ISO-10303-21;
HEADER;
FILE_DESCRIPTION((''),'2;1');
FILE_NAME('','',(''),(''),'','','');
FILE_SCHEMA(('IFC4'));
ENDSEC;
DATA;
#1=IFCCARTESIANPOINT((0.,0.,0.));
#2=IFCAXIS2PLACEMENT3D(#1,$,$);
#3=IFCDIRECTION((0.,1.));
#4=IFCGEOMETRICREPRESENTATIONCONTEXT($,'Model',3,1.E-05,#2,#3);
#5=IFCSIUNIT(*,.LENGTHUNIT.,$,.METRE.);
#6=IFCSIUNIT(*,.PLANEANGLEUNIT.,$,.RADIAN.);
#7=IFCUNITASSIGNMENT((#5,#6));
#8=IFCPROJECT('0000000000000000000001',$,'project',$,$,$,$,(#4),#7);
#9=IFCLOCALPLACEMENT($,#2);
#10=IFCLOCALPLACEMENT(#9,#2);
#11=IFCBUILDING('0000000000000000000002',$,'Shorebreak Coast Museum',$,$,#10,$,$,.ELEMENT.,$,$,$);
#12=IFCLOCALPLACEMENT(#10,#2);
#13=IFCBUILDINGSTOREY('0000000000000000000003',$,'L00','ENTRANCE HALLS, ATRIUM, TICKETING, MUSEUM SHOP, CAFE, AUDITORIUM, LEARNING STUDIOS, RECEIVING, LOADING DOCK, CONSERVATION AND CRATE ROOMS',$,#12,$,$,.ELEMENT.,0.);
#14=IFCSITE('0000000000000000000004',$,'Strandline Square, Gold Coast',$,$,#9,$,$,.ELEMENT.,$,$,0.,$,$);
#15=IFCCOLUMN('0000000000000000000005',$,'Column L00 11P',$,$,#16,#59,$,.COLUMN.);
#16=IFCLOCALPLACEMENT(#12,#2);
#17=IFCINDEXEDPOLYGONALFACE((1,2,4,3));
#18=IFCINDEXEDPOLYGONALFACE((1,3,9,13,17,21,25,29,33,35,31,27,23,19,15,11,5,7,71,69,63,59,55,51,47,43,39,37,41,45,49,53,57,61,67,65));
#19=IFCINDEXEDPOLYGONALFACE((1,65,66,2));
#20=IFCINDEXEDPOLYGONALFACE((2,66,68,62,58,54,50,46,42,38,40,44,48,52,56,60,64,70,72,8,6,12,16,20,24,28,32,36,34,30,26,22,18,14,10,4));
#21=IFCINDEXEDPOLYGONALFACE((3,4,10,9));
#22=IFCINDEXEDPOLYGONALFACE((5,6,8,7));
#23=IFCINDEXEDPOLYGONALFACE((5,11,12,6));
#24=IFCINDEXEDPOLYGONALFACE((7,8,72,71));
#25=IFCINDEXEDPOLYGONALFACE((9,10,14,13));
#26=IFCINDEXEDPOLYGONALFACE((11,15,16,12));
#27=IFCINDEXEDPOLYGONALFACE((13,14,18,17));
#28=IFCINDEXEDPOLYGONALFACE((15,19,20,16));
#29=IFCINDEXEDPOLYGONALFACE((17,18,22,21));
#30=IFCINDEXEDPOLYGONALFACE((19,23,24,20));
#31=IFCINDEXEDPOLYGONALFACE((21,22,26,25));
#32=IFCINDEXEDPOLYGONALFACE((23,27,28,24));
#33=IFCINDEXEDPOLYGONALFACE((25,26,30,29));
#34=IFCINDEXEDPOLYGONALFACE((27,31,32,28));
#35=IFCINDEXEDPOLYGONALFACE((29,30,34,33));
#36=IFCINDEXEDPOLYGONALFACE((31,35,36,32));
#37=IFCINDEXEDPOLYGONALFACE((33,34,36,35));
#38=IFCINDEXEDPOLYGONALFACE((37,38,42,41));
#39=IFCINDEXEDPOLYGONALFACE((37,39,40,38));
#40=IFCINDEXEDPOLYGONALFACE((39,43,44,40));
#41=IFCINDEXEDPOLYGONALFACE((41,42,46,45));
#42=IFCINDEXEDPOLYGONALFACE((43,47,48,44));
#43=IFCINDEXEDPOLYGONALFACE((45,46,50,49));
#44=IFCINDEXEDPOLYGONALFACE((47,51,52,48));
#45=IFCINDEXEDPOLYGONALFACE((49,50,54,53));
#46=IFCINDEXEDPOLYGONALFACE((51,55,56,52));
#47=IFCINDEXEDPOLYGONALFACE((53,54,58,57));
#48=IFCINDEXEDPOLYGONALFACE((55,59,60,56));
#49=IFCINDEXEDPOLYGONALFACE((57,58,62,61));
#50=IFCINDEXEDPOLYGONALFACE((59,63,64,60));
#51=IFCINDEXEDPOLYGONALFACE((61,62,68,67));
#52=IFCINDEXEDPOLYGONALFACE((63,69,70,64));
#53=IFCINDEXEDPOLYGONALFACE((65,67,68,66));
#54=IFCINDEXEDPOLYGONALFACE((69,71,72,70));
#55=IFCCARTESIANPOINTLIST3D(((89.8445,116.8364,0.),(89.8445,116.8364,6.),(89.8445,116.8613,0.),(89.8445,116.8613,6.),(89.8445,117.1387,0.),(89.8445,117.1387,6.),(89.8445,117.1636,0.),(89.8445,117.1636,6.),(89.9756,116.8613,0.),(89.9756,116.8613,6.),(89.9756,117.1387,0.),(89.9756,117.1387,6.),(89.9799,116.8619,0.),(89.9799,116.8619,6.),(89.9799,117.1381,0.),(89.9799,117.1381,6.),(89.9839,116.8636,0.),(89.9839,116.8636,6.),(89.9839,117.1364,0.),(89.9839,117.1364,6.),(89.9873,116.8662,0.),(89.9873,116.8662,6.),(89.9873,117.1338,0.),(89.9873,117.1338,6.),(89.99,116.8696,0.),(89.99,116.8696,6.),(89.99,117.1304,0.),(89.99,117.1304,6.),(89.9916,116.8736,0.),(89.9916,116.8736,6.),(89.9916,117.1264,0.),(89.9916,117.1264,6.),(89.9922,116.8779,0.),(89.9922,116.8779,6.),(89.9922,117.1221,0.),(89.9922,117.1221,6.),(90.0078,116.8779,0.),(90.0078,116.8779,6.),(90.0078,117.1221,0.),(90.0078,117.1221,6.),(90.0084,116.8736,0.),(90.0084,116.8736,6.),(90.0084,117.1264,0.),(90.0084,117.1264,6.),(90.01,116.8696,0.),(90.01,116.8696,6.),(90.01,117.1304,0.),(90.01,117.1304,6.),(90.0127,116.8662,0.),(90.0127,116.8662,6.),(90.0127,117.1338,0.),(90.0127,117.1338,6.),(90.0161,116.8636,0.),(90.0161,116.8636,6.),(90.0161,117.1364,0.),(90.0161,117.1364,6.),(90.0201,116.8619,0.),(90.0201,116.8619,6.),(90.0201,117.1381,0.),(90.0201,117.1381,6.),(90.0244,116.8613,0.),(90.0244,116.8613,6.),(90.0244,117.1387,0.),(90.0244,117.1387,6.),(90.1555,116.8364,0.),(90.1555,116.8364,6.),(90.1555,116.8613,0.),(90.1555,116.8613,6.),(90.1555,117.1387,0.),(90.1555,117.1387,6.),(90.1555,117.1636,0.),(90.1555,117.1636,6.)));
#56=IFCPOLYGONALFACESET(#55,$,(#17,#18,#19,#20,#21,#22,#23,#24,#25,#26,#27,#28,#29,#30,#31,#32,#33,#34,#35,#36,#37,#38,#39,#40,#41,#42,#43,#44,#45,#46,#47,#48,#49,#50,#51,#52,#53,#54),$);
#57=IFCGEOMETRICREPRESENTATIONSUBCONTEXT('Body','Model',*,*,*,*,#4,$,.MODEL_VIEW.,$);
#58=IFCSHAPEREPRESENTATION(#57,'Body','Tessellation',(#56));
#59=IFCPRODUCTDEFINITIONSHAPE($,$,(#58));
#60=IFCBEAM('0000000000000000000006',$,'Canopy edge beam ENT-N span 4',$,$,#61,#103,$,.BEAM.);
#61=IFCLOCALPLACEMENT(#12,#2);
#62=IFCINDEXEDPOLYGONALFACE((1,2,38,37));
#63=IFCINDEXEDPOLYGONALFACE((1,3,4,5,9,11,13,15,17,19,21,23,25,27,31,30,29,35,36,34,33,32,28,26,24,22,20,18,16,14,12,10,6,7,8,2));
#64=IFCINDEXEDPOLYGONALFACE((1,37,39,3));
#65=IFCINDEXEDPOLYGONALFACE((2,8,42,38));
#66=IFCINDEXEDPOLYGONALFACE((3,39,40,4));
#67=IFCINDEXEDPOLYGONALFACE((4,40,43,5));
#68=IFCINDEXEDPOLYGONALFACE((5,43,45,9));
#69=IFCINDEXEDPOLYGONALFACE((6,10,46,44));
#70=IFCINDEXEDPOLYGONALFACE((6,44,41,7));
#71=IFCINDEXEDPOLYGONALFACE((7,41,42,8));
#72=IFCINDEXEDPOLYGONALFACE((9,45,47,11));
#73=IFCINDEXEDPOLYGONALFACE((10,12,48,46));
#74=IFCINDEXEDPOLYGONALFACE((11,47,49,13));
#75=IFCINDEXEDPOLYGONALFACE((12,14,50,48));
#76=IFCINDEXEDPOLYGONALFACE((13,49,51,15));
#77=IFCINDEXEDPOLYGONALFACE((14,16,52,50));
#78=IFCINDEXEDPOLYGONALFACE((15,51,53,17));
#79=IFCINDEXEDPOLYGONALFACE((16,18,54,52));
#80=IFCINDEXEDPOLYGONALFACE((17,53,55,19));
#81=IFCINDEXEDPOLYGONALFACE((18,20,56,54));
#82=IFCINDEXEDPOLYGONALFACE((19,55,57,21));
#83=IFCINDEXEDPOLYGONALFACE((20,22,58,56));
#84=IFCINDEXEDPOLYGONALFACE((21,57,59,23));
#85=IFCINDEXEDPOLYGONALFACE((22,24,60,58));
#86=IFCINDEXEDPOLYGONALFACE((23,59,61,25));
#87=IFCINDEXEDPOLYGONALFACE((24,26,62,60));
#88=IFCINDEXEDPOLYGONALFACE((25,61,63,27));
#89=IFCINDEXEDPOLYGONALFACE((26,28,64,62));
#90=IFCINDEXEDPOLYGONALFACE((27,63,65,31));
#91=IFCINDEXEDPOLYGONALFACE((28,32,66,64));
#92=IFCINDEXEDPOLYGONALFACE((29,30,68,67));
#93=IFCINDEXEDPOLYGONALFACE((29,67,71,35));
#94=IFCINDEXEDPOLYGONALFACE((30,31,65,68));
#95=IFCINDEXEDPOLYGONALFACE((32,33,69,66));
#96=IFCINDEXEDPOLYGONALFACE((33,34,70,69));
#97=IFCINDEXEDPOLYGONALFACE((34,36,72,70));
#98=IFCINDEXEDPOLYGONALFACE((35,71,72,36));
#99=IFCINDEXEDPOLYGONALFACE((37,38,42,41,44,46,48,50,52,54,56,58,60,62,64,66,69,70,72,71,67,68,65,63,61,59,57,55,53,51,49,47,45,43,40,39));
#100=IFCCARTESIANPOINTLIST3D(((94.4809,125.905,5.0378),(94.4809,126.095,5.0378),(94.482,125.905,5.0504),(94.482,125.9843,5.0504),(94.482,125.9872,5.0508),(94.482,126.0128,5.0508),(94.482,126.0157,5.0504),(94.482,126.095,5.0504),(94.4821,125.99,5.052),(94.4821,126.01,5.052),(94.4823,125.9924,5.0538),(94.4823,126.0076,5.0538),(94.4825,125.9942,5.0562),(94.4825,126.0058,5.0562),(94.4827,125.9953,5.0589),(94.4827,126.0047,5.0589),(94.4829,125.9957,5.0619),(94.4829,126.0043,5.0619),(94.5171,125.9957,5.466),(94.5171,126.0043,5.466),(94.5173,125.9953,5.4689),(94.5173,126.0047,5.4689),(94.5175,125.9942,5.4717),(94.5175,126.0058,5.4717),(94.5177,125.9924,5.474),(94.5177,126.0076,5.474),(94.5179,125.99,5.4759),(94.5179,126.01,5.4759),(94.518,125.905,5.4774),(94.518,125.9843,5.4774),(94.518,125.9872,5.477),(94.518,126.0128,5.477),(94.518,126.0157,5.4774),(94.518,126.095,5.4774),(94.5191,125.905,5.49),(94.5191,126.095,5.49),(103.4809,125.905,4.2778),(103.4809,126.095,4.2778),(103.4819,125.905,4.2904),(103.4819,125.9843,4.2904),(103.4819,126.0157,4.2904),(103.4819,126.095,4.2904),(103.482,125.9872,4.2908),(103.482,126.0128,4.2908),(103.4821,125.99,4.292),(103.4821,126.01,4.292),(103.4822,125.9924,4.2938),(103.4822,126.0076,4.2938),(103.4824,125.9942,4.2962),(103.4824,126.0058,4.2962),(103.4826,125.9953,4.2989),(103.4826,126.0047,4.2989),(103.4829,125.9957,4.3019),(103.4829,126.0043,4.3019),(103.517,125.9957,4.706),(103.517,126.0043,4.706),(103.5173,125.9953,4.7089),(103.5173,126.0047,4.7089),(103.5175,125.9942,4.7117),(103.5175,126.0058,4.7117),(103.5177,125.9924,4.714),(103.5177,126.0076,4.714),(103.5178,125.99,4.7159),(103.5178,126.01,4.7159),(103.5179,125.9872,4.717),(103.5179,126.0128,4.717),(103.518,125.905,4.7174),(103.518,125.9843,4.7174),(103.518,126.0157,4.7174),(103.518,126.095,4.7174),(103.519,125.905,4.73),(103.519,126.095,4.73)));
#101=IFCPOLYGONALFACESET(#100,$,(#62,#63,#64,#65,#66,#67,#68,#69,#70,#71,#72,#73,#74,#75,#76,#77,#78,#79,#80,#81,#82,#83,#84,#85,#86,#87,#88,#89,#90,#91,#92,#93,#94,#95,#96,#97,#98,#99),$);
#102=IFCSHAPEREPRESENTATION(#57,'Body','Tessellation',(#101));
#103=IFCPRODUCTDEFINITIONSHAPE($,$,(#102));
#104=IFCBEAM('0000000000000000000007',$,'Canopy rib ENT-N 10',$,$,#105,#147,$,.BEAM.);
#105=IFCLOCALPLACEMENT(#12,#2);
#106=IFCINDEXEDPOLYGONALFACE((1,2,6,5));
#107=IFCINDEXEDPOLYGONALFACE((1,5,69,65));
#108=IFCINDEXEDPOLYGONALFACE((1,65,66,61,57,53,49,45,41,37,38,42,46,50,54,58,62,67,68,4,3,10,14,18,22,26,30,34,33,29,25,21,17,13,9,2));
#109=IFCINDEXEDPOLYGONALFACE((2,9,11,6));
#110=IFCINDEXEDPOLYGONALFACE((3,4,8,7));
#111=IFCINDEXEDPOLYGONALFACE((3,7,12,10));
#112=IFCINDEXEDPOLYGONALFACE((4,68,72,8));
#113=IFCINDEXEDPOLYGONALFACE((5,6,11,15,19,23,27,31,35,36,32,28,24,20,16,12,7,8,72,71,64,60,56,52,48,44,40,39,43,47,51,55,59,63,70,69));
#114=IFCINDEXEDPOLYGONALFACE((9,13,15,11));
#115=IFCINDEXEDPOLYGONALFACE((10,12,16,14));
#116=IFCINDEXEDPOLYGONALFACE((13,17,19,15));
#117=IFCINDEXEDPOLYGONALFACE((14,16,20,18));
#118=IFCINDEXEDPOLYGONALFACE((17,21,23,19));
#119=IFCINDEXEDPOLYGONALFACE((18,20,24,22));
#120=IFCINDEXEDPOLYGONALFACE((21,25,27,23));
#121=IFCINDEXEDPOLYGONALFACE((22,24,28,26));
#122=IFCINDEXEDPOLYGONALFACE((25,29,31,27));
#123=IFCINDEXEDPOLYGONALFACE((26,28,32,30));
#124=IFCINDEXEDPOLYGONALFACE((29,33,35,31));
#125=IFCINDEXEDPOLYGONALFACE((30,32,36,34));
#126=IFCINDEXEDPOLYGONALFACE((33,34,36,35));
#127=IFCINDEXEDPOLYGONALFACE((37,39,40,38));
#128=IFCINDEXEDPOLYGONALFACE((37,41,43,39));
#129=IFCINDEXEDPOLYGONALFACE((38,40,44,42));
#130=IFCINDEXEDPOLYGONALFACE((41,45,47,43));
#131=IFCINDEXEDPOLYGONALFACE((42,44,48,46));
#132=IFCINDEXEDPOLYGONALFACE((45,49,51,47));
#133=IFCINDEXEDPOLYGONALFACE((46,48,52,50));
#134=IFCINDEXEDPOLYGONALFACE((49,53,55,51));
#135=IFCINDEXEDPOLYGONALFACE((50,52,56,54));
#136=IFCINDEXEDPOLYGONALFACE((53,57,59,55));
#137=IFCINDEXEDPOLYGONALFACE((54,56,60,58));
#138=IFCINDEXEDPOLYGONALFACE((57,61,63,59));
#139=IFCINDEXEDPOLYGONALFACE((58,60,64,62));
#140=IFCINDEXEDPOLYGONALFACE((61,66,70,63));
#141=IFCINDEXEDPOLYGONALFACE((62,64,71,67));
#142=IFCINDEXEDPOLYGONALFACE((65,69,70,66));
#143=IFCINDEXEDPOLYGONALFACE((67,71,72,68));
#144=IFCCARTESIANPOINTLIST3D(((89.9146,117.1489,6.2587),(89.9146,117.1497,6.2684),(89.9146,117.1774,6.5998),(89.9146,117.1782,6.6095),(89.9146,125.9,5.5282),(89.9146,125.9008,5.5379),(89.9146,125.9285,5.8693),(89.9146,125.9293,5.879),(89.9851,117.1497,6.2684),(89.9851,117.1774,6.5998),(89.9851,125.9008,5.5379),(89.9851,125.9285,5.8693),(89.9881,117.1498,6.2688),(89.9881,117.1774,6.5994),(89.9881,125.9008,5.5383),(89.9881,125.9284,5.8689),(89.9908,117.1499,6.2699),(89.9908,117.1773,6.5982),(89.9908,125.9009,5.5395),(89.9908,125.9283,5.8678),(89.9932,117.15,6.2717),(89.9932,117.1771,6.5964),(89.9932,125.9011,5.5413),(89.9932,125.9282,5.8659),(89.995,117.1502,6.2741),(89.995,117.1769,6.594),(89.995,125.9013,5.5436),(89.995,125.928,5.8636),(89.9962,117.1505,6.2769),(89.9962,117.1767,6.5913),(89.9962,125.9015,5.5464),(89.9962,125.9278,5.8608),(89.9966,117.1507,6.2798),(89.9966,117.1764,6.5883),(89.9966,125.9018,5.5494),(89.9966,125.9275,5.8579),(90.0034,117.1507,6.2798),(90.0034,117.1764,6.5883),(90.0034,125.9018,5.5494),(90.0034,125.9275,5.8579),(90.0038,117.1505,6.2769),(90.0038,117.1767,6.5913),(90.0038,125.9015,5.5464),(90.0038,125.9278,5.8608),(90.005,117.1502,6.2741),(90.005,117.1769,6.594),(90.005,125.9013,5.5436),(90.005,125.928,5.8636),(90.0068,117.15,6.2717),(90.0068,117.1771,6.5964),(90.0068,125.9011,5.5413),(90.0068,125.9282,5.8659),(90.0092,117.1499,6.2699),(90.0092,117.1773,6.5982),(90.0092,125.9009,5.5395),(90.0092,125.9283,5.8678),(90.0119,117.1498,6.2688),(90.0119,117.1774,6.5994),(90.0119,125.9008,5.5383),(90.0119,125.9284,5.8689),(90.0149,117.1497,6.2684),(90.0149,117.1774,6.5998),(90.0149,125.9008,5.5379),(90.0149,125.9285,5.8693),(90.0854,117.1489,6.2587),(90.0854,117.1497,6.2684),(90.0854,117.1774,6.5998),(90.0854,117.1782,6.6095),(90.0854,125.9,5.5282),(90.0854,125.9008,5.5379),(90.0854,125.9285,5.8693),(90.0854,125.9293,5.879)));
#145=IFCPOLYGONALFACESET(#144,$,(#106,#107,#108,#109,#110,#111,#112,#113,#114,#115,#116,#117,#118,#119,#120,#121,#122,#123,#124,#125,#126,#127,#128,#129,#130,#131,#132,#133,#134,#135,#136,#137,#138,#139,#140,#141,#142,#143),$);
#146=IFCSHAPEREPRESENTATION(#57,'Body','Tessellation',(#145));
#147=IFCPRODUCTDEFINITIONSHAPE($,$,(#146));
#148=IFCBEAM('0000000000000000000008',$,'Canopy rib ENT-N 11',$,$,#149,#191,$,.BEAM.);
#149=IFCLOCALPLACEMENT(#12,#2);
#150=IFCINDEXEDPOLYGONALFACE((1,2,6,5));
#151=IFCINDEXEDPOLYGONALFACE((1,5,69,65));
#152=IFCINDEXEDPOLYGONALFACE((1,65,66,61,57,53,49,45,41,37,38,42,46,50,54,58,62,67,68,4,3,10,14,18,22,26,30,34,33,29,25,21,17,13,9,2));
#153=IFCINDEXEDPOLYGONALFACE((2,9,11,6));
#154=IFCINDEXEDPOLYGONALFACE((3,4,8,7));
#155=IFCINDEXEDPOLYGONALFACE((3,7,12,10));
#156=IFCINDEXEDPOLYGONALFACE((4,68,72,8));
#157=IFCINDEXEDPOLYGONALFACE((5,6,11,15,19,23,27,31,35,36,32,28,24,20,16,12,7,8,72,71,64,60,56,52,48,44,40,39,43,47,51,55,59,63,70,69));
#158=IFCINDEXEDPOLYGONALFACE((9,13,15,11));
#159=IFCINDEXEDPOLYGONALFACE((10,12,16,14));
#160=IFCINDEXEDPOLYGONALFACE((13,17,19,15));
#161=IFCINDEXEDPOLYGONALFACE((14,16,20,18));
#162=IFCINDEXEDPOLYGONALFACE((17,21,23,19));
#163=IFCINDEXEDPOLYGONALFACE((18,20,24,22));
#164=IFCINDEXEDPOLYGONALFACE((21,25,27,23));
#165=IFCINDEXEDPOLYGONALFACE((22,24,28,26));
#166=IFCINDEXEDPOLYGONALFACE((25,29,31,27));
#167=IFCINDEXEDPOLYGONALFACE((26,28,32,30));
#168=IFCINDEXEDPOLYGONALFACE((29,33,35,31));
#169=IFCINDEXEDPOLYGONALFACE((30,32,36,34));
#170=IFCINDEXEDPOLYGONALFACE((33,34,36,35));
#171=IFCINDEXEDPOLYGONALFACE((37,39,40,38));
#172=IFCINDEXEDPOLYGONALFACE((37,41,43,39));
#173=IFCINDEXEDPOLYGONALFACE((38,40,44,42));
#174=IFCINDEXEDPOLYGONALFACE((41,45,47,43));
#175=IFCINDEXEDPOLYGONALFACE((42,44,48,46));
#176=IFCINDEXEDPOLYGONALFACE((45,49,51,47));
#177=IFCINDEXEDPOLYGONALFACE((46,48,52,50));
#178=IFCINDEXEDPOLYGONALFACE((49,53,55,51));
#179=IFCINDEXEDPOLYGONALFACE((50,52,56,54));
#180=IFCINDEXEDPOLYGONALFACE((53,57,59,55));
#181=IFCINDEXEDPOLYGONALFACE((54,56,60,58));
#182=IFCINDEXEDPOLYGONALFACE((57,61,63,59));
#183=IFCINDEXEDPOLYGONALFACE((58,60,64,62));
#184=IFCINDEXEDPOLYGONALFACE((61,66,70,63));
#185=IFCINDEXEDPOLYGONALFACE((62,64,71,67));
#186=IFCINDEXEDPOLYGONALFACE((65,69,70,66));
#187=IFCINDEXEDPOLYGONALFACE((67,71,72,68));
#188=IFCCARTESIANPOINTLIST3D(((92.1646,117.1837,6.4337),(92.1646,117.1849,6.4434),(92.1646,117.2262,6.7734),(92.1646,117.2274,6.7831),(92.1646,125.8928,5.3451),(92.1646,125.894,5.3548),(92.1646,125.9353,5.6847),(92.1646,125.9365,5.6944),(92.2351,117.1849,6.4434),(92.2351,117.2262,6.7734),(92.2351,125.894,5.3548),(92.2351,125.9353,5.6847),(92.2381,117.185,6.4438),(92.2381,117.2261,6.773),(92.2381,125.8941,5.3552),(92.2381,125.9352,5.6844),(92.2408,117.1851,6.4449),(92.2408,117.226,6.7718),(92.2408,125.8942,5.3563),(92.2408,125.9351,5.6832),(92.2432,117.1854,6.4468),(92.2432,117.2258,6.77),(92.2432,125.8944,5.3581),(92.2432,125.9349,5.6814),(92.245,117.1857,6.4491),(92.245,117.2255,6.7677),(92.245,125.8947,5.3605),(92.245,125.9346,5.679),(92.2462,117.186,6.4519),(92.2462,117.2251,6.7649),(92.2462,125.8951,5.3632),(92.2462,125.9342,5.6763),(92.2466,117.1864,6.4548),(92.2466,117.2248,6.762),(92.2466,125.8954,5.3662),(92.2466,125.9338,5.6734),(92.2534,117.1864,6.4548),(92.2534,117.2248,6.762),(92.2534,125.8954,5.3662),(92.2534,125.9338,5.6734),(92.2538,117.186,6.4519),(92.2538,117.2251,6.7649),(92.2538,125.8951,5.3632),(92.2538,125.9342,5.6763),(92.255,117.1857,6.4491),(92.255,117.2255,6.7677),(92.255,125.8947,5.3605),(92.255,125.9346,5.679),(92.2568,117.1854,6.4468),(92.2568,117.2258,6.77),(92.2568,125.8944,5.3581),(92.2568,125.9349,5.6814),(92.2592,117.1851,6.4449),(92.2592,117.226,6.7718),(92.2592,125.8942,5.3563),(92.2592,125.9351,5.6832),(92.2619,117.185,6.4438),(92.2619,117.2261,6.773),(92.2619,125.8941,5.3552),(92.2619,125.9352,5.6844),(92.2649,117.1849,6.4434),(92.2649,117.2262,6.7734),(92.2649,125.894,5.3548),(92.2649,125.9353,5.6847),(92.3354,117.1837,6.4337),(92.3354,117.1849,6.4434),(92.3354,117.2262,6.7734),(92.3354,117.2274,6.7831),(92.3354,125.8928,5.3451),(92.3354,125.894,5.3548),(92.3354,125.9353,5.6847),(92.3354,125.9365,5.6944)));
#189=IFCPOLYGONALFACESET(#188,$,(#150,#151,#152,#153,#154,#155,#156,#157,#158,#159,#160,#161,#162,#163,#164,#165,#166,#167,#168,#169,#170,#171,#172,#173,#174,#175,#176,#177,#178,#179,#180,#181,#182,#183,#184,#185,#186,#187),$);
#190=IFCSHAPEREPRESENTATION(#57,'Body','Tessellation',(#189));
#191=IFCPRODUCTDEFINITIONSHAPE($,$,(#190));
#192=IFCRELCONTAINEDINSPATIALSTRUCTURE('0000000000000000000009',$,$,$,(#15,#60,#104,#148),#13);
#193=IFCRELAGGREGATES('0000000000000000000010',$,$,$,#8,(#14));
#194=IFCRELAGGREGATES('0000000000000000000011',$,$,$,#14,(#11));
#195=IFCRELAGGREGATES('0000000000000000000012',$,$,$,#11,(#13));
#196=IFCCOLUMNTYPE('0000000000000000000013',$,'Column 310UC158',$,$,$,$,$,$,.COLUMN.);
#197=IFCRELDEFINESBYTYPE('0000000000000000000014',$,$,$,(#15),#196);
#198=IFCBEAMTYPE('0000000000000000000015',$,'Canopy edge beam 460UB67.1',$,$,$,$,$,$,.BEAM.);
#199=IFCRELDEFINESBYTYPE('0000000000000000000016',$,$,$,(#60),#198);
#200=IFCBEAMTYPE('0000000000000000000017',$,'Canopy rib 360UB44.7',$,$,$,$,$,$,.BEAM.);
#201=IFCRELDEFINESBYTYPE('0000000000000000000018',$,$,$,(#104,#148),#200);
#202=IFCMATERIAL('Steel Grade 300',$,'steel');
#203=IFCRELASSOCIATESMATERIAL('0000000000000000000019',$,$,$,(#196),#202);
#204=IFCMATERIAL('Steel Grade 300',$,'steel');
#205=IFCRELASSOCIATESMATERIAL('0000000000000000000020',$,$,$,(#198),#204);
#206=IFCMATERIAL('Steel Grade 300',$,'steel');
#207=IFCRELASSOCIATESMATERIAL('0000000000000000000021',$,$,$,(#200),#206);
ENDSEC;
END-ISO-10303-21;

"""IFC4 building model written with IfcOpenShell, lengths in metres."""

from ifc_helpers import new_model, si_unit, direction, frame, origin, origin_2d, place, context, subcontext, project, spatial, i_section, extrude, material, material_profile, profile_set, type_object, element, save


model = new_model("IFC4")

# Units and contexts
model_context = context("Model", 3, precision=1e-05, world=origin(), true_north=direction((0.0, 1.0)))
body_context = subcontext(model_context, "Body", "Model", "MODEL_VIEW")
ifc_project = project(units=[si_unit("LENGTHUNIT", "METRE"), si_unit("PLANEANGLEUNIT", "RADIAN")], contexts=[model_context])

# Site, building, storey
site_placement = place(None, origin())
site = spatial("IfcSite", under=ifc_project, at=site_placement, Name="Strandline Square, Gold Coast", CompositionType="ELEMENT", RefElevation=0.0)
building_placement = place(site_placement, origin())
building = spatial("IfcBuilding", under=site, at=building_placement, Name="Shorebreak Coast Museum", CompositionType="ELEMENT")
storey_placement = place(building_placement, origin())
storey = spatial("IfcBuildingStorey", under=building, at=storey_placement, Name="L00", Description="ENTRANCE HALLS, ATRIUM, TICKETING, MUSEUM SHOP, CAFE, AUDITORIUM, LEARNING STUDIOS, RECEIVING, LOADING DOCK, CONSERVATION AND CRATE ROOMS", CompositionType="ELEMENT", Elevation=0.0)

# Column
ifc_material_1 = material(Name="Steel Grade 300", Category="steel")
ifc_material_profile_1 = material_profile(ifc_material_1, i_section(OverallWidth=0.311, OverallDepth=0.3271, WebThickness=0.0156, FlangeThickness=0.0249, FilletRadius=0.0166, at=origin_2d()), Name="310UC158")
ifc_profile_set_1 = profile_set([ifc_material_profile_1], Name="Steel Grade 300")
column_type_1 = type_object("IfcColumnType", Name="Column 310UC158", PredefinedType="COLUMN", material=ifc_profile_set_1)
column_1_placement = place(storey_placement, frame((90.0, 117.0, 0.0), z_axis=(0.0, 0.0, 1.0), x_axis=(1.0, 0.0, 0.0)))
element("IfcColumn", 1, at=column_1_placement, inside=storey, type_object=column_type_1, Name="Column L00 11P", PredefinedType="COLUMN", context=body_context, shape_type="SweptSolid", body=[
    extrude(i_section(OverallWidth=0.311, OverallDepth=0.3271, WebThickness=0.0156, FlangeThickness=0.0249, FilletRadius=0.0166, at=origin_2d()), origin(), (0.0, 0.0, 1.0), 6.0),
])

# Beams
ifc_material_2 = material(Name="Steel Grade 300", Category="steel")
ifc_material_profile_2 = material_profile(ifc_material_2, i_section(OverallWidth=0.1899, OverallDepth=0.4539, WebThickness=0.0085, FlangeThickness=0.0127, FilletRadius=0.0115, at=origin_2d()), Name="460UB67.1")
ifc_profile_set_2 = profile_set([ifc_material_profile_2], Name="Steel Grade 300")
beam_type_1 = type_object("IfcBeamType", Name="Canopy edge beam 460UB67.1", PredefinedType="BEAM", material=ifc_profile_set_2)
beam_1_placement = place(storey_placement, frame((94.5, 126.0, 5.2639), z_axis=(0.996453, 0.0, -0.084146), x_axis=(0.0, 1.0, 0.0)))
element("IfcBeam", 2, at=beam_1_placement, inside=storey, type_object=beam_type_1, Name="Canopy edge beam ENT-N span 4", PredefinedType="BEAM", context=body_context, shape_type="SweptSolid", body=[
    extrude(i_section(OverallWidth=0.1899, OverallDepth=0.4539, WebThickness=0.0085, FlangeThickness=0.0127, FilletRadius=0.0115, at=origin_2d()), origin(), (0.0, 0.0, 1.0), 9.032),
])
ifc_material_3 = material(Name="Steel Grade 300", Category="steel")
ifc_material_profile_3 = material_profile(ifc_material_3, i_section(OverallWidth=0.1709, OverallDepth=0.3521, WebThickness=0.0068, FlangeThickness=0.0098, FilletRadius=0.0115, at=origin_2d()), Name="360UB44.7")
ifc_profile_set_3 = profile_set([ifc_material_profile_3], Name="Steel Grade 300")
beam_type_2 = type_object("IfcBeamType", Name="Canopy rib 360UB44.7", PredefinedType="BEAM", material=ifc_profile_set_3)
beam_2_placement = place(storey_placement, frame((90.0, 117.1636, 6.4341), z_axis=(0.0, 0.996534, -0.083184), x_axis=(-1.0, 0.0, 0.0)))
element("IfcBeam", 3, at=beam_2_placement, inside=storey, type_object=beam_type_2, Name="Canopy rib ENT-N 10", PredefinedType="BEAM", context=body_context, shape_type="SweptSolid", body=[
    extrude(i_section(OverallWidth=0.1709, OverallDepth=0.3521, WebThickness=0.0068, FlangeThickness=0.0098, FilletRadius=0.0115, at=origin_2d()), origin(), (0.0, 0.0, 1.0), 8.7815),
])
beam_3_placement = place(storey_placement, frame((92.25, 117.2056, 6.6084), z_axis=(0.0, 0.992278, -0.124035), x_axis=(-1.0, 0.0, 0.0)))
element("IfcBeam", 4, at=beam_3_placement, inside=storey, type_object=beam_type_2, Name="Canopy rib ENT-N 11", PredefinedType="BEAM", context=body_context, shape_type="SweptSolid", body=[
    extrude(i_section(OverallWidth=0.1709, OverallDepth=0.3521, WebThickness=0.0068, FlangeThickness=0.0098, FilletRadius=0.0115, at=origin_2d()), origin(), (0.0, 0.0, 1.0), 8.7769),
])

save(model, "model.ifc")
